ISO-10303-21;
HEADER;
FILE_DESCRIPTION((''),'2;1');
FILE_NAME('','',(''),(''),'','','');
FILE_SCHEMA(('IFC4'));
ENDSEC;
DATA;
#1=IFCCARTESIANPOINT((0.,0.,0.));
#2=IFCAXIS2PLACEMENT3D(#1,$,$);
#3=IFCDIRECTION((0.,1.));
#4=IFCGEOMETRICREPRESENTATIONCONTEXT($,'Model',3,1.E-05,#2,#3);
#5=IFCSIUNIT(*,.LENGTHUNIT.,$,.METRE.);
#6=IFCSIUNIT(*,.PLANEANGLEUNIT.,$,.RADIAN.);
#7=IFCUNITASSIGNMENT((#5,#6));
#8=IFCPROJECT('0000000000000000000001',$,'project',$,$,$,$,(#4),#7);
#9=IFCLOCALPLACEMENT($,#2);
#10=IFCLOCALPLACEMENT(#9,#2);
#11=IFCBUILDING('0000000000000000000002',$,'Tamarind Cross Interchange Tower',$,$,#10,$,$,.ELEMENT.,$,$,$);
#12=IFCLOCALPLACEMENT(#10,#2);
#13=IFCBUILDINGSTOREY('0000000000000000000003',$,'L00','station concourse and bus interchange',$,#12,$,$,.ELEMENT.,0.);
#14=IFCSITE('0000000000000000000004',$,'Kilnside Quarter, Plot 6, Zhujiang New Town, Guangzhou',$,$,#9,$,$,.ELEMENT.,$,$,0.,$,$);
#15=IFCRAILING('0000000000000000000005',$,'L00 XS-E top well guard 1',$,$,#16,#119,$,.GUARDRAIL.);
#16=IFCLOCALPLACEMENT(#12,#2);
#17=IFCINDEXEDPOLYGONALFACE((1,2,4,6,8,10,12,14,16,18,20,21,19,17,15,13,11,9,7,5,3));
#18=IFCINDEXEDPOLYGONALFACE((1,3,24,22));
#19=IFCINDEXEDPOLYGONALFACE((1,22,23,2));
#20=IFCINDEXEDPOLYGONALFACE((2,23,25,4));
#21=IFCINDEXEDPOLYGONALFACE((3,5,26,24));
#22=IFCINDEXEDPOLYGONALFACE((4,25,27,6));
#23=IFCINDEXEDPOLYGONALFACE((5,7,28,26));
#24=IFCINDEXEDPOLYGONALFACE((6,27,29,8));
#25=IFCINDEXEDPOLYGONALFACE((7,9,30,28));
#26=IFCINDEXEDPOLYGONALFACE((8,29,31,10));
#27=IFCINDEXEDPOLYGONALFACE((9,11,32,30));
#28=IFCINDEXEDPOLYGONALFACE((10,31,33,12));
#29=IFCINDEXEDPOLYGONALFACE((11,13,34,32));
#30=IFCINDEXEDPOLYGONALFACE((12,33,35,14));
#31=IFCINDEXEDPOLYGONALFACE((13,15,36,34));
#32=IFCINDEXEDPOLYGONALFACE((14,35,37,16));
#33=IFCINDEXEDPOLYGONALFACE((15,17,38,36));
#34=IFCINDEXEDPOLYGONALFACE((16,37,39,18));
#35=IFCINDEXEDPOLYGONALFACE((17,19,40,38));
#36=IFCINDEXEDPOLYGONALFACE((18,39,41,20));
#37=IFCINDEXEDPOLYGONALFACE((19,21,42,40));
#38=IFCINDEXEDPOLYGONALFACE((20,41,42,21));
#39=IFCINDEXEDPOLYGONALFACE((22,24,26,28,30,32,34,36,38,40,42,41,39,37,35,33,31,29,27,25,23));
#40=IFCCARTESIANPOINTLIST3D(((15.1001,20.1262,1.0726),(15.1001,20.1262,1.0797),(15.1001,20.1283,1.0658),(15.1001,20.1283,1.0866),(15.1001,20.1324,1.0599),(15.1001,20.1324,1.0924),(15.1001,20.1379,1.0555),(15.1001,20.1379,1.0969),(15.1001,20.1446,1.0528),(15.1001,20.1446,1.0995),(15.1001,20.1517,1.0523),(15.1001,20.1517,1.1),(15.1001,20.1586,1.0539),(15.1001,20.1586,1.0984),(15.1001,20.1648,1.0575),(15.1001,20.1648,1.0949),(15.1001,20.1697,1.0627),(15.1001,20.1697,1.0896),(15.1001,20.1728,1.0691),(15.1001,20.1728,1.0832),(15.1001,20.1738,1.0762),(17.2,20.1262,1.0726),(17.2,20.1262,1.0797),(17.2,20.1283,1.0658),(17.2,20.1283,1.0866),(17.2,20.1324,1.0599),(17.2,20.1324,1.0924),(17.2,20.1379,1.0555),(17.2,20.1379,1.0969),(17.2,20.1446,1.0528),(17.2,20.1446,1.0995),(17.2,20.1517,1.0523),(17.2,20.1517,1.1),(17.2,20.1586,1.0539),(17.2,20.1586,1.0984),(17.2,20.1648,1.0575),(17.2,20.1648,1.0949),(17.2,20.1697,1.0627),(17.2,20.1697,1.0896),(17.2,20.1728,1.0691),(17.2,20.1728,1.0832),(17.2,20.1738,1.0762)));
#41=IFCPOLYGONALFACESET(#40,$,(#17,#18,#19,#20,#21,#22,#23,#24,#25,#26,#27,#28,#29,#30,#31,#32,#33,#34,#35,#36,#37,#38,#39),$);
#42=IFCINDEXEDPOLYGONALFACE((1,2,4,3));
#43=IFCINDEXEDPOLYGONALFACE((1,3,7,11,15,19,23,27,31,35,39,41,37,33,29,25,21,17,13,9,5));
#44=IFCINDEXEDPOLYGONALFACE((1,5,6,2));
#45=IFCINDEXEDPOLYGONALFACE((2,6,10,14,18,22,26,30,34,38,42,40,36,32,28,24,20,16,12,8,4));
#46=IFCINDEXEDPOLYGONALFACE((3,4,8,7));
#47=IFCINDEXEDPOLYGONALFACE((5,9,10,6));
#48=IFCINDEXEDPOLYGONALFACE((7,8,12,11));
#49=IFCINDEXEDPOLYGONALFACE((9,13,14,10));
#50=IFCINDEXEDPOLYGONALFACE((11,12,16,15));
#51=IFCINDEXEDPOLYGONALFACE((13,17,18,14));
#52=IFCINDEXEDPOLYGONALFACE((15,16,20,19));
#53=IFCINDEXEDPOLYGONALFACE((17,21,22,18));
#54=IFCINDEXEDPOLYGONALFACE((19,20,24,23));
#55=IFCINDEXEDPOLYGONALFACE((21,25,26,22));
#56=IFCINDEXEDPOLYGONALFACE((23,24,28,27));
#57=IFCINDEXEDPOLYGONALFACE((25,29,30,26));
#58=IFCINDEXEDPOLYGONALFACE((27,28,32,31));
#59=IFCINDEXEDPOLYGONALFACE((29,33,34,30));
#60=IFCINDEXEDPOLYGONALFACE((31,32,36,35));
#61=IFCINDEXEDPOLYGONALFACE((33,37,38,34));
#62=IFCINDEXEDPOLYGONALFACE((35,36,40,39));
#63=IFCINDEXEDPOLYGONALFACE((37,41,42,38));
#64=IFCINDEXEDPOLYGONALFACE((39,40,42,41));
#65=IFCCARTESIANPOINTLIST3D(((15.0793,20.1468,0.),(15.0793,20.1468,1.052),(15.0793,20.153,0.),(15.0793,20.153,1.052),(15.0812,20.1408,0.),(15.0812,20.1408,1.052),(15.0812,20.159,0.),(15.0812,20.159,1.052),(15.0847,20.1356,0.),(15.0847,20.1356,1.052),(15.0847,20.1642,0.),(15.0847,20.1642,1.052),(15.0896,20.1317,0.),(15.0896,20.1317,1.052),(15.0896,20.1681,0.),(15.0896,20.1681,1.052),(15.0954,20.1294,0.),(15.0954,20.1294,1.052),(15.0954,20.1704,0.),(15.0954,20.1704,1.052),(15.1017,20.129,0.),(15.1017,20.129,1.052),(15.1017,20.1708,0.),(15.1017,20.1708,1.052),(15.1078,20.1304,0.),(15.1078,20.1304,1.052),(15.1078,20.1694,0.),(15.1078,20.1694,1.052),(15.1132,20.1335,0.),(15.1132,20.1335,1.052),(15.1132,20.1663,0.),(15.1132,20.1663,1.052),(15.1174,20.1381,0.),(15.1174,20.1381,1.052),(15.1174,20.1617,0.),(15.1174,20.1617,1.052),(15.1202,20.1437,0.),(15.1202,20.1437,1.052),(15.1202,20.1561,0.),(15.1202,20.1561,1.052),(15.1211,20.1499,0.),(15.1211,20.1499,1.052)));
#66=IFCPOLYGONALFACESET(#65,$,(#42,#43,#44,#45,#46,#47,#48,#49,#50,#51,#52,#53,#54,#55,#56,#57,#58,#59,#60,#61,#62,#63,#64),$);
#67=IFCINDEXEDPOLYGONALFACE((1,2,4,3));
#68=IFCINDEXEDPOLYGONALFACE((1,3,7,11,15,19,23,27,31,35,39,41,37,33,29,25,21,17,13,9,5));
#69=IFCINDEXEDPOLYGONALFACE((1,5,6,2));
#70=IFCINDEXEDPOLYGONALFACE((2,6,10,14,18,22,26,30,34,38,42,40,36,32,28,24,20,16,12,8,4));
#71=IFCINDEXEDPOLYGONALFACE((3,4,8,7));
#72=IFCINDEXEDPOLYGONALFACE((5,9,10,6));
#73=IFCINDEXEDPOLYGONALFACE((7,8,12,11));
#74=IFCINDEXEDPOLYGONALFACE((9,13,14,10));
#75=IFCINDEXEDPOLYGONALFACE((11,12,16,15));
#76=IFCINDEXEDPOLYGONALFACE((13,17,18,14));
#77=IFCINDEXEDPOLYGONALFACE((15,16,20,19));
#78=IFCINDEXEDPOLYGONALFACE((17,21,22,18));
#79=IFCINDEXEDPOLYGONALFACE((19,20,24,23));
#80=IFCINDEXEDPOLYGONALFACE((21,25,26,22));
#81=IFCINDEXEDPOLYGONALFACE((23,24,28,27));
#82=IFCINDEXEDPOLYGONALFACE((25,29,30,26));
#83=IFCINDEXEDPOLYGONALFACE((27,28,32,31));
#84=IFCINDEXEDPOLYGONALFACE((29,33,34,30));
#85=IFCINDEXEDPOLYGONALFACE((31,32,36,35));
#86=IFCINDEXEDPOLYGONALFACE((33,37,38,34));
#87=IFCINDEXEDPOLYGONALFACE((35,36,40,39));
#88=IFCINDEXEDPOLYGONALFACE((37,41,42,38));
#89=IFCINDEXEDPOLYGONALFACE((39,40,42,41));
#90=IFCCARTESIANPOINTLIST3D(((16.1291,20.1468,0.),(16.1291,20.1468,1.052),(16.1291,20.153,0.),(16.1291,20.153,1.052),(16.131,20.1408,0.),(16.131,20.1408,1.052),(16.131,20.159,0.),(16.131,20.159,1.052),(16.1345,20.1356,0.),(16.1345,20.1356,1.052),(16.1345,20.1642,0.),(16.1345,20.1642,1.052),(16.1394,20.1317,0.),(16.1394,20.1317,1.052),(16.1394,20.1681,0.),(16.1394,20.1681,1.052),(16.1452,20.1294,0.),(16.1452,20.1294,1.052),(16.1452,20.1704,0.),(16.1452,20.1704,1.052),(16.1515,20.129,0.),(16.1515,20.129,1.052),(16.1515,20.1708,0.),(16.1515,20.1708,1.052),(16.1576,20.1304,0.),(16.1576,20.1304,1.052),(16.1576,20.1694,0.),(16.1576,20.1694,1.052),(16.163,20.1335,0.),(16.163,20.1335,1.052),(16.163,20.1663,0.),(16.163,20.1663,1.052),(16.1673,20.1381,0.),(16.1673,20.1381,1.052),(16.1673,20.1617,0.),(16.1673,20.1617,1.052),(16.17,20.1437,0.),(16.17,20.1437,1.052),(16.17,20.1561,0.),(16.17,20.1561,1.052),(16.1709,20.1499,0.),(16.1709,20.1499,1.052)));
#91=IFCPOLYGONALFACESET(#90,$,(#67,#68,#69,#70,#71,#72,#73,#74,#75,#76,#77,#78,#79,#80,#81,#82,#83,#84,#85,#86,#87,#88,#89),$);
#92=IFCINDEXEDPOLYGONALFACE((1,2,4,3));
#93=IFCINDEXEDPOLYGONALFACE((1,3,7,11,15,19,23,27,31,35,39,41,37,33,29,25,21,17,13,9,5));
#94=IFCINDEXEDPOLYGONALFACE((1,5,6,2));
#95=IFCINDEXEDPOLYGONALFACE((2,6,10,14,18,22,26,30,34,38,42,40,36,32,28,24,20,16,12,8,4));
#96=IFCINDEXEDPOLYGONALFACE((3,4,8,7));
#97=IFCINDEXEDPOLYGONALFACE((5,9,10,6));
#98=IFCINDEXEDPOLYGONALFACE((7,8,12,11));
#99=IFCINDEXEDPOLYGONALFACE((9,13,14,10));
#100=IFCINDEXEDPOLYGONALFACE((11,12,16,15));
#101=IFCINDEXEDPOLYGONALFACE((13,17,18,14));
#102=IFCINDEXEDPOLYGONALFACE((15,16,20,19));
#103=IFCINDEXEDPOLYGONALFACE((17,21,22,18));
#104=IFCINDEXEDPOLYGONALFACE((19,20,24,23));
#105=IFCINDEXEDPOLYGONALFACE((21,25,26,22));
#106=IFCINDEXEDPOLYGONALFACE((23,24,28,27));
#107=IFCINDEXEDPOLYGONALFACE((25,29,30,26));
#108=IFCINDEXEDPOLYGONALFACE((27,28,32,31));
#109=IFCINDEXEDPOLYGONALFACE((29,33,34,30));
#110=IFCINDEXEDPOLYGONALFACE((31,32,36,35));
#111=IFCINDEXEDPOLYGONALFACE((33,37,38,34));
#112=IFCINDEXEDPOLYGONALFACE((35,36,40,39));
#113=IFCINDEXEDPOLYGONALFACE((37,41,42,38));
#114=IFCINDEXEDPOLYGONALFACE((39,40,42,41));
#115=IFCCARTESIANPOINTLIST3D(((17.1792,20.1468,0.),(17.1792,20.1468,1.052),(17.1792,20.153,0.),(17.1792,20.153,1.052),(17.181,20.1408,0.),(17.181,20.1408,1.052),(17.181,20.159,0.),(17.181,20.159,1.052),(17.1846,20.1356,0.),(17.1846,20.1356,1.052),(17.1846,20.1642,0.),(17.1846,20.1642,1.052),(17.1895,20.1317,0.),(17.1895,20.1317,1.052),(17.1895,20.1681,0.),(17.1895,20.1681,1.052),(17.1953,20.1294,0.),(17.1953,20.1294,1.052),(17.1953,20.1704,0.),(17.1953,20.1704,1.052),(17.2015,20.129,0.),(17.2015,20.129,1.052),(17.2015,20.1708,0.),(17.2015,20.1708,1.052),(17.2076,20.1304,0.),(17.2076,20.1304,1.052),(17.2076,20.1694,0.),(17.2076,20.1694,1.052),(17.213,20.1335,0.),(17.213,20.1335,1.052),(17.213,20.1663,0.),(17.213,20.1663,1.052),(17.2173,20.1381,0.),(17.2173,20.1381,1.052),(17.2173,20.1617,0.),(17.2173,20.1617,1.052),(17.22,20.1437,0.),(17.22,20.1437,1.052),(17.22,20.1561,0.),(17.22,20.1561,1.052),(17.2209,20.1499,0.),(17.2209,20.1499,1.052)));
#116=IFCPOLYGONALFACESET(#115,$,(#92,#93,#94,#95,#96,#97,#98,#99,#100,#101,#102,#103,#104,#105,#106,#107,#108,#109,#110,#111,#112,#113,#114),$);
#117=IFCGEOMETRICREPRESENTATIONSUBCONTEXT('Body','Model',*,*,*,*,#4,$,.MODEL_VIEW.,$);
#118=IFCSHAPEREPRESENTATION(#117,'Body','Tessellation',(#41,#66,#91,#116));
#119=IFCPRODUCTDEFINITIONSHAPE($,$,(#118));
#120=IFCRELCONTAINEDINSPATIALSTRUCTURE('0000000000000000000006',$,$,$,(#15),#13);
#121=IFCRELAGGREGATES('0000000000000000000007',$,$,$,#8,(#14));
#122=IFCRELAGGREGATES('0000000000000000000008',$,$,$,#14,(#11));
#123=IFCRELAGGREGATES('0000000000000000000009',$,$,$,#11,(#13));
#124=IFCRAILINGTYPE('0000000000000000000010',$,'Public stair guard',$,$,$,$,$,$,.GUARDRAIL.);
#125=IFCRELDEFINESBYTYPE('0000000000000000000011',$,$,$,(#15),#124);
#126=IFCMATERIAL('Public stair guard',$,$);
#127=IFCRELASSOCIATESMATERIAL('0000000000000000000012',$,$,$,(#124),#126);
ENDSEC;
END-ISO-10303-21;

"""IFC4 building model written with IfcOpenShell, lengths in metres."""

from ifc_helpers import new_model, si_unit, direction, frame, origin, origin_2d, place, context, subcontext, project, spatial, circle, extrude, material, type_object, element, save


model = new_model("IFC4")

# Units and contexts
model_context = context("Model", 3, precision=1e-05, world=origin(), true_north=direction((0.0, 1.0)))
body_context = subcontext(model_context, "Body", "Model", "MODEL_VIEW")
ifc_project = project(units=[si_unit("LENGTHUNIT", "METRE"), si_unit("PLANEANGLEUNIT", "RADIAN")], contexts=[model_context])

# Site, building, storey
site_placement = place(None, origin())
site = spatial("IfcSite", under=ifc_project, at=site_placement, Name="Kilnside Quarter, Plot 6, Zhujiang New Town, Guangzhou", CompositionType="ELEMENT", RefElevation=0.0)
building_placement = place(site_placement, origin())
building = spatial("IfcBuilding", under=site, at=building_placement, Name="Tamarind Cross Interchange Tower", CompositionType="ELEMENT")
storey_placement = place(building_placement, origin())
storey = spatial("IfcBuildingStorey", under=building, at=storey_placement, Name="L00", Description="station concourse and bus interchange", CompositionType="ELEMENT", Elevation=0.0)

# Railing
ifc_material_1 = material(Name="Public stair guard")
railing_type_1 = type_object("IfcRailingType", Name="Public stair guard", PredefinedType="GUARDRAIL", material=ifc_material_1)
railing_1_placement = place(storey_placement, frame((15.1001, 20.1499, 0.0)))
element("IfcRailing", 1, at=railing_1_placement, inside=storey, type_object=railing_type_1, Name="L00 XS-E top well guard 1", PredefinedType="GUARDRAIL", context=body_context, shape_type="SweptSolid", body=[
    extrude(circle(Radius=0.0239, at=origin_2d()), frame((0.0, 0.0, 1.0762), z_axis=(1.0, 0.0, 0.0), x_axis=(0.0, 1.0, 0.0)), (0.0, 0.0, 1.0), 2.0999),
    extrude(circle(Radius=0.021, at=origin_2d()), origin(), (0.0, 0.0, 1.0), 1.052),
    extrude(circle(Radius=0.021, at=origin_2d()), frame((1.0498, 0.0, 0.0)), (0.0, 0.0, 1.0), 1.052),
    extrude(circle(Radius=0.021, at=origin_2d()), frame((2.0999, 0.0, 0.0)), (0.0, 0.0, 1.0), 1.052),
])

save(model, "model.ifc")
